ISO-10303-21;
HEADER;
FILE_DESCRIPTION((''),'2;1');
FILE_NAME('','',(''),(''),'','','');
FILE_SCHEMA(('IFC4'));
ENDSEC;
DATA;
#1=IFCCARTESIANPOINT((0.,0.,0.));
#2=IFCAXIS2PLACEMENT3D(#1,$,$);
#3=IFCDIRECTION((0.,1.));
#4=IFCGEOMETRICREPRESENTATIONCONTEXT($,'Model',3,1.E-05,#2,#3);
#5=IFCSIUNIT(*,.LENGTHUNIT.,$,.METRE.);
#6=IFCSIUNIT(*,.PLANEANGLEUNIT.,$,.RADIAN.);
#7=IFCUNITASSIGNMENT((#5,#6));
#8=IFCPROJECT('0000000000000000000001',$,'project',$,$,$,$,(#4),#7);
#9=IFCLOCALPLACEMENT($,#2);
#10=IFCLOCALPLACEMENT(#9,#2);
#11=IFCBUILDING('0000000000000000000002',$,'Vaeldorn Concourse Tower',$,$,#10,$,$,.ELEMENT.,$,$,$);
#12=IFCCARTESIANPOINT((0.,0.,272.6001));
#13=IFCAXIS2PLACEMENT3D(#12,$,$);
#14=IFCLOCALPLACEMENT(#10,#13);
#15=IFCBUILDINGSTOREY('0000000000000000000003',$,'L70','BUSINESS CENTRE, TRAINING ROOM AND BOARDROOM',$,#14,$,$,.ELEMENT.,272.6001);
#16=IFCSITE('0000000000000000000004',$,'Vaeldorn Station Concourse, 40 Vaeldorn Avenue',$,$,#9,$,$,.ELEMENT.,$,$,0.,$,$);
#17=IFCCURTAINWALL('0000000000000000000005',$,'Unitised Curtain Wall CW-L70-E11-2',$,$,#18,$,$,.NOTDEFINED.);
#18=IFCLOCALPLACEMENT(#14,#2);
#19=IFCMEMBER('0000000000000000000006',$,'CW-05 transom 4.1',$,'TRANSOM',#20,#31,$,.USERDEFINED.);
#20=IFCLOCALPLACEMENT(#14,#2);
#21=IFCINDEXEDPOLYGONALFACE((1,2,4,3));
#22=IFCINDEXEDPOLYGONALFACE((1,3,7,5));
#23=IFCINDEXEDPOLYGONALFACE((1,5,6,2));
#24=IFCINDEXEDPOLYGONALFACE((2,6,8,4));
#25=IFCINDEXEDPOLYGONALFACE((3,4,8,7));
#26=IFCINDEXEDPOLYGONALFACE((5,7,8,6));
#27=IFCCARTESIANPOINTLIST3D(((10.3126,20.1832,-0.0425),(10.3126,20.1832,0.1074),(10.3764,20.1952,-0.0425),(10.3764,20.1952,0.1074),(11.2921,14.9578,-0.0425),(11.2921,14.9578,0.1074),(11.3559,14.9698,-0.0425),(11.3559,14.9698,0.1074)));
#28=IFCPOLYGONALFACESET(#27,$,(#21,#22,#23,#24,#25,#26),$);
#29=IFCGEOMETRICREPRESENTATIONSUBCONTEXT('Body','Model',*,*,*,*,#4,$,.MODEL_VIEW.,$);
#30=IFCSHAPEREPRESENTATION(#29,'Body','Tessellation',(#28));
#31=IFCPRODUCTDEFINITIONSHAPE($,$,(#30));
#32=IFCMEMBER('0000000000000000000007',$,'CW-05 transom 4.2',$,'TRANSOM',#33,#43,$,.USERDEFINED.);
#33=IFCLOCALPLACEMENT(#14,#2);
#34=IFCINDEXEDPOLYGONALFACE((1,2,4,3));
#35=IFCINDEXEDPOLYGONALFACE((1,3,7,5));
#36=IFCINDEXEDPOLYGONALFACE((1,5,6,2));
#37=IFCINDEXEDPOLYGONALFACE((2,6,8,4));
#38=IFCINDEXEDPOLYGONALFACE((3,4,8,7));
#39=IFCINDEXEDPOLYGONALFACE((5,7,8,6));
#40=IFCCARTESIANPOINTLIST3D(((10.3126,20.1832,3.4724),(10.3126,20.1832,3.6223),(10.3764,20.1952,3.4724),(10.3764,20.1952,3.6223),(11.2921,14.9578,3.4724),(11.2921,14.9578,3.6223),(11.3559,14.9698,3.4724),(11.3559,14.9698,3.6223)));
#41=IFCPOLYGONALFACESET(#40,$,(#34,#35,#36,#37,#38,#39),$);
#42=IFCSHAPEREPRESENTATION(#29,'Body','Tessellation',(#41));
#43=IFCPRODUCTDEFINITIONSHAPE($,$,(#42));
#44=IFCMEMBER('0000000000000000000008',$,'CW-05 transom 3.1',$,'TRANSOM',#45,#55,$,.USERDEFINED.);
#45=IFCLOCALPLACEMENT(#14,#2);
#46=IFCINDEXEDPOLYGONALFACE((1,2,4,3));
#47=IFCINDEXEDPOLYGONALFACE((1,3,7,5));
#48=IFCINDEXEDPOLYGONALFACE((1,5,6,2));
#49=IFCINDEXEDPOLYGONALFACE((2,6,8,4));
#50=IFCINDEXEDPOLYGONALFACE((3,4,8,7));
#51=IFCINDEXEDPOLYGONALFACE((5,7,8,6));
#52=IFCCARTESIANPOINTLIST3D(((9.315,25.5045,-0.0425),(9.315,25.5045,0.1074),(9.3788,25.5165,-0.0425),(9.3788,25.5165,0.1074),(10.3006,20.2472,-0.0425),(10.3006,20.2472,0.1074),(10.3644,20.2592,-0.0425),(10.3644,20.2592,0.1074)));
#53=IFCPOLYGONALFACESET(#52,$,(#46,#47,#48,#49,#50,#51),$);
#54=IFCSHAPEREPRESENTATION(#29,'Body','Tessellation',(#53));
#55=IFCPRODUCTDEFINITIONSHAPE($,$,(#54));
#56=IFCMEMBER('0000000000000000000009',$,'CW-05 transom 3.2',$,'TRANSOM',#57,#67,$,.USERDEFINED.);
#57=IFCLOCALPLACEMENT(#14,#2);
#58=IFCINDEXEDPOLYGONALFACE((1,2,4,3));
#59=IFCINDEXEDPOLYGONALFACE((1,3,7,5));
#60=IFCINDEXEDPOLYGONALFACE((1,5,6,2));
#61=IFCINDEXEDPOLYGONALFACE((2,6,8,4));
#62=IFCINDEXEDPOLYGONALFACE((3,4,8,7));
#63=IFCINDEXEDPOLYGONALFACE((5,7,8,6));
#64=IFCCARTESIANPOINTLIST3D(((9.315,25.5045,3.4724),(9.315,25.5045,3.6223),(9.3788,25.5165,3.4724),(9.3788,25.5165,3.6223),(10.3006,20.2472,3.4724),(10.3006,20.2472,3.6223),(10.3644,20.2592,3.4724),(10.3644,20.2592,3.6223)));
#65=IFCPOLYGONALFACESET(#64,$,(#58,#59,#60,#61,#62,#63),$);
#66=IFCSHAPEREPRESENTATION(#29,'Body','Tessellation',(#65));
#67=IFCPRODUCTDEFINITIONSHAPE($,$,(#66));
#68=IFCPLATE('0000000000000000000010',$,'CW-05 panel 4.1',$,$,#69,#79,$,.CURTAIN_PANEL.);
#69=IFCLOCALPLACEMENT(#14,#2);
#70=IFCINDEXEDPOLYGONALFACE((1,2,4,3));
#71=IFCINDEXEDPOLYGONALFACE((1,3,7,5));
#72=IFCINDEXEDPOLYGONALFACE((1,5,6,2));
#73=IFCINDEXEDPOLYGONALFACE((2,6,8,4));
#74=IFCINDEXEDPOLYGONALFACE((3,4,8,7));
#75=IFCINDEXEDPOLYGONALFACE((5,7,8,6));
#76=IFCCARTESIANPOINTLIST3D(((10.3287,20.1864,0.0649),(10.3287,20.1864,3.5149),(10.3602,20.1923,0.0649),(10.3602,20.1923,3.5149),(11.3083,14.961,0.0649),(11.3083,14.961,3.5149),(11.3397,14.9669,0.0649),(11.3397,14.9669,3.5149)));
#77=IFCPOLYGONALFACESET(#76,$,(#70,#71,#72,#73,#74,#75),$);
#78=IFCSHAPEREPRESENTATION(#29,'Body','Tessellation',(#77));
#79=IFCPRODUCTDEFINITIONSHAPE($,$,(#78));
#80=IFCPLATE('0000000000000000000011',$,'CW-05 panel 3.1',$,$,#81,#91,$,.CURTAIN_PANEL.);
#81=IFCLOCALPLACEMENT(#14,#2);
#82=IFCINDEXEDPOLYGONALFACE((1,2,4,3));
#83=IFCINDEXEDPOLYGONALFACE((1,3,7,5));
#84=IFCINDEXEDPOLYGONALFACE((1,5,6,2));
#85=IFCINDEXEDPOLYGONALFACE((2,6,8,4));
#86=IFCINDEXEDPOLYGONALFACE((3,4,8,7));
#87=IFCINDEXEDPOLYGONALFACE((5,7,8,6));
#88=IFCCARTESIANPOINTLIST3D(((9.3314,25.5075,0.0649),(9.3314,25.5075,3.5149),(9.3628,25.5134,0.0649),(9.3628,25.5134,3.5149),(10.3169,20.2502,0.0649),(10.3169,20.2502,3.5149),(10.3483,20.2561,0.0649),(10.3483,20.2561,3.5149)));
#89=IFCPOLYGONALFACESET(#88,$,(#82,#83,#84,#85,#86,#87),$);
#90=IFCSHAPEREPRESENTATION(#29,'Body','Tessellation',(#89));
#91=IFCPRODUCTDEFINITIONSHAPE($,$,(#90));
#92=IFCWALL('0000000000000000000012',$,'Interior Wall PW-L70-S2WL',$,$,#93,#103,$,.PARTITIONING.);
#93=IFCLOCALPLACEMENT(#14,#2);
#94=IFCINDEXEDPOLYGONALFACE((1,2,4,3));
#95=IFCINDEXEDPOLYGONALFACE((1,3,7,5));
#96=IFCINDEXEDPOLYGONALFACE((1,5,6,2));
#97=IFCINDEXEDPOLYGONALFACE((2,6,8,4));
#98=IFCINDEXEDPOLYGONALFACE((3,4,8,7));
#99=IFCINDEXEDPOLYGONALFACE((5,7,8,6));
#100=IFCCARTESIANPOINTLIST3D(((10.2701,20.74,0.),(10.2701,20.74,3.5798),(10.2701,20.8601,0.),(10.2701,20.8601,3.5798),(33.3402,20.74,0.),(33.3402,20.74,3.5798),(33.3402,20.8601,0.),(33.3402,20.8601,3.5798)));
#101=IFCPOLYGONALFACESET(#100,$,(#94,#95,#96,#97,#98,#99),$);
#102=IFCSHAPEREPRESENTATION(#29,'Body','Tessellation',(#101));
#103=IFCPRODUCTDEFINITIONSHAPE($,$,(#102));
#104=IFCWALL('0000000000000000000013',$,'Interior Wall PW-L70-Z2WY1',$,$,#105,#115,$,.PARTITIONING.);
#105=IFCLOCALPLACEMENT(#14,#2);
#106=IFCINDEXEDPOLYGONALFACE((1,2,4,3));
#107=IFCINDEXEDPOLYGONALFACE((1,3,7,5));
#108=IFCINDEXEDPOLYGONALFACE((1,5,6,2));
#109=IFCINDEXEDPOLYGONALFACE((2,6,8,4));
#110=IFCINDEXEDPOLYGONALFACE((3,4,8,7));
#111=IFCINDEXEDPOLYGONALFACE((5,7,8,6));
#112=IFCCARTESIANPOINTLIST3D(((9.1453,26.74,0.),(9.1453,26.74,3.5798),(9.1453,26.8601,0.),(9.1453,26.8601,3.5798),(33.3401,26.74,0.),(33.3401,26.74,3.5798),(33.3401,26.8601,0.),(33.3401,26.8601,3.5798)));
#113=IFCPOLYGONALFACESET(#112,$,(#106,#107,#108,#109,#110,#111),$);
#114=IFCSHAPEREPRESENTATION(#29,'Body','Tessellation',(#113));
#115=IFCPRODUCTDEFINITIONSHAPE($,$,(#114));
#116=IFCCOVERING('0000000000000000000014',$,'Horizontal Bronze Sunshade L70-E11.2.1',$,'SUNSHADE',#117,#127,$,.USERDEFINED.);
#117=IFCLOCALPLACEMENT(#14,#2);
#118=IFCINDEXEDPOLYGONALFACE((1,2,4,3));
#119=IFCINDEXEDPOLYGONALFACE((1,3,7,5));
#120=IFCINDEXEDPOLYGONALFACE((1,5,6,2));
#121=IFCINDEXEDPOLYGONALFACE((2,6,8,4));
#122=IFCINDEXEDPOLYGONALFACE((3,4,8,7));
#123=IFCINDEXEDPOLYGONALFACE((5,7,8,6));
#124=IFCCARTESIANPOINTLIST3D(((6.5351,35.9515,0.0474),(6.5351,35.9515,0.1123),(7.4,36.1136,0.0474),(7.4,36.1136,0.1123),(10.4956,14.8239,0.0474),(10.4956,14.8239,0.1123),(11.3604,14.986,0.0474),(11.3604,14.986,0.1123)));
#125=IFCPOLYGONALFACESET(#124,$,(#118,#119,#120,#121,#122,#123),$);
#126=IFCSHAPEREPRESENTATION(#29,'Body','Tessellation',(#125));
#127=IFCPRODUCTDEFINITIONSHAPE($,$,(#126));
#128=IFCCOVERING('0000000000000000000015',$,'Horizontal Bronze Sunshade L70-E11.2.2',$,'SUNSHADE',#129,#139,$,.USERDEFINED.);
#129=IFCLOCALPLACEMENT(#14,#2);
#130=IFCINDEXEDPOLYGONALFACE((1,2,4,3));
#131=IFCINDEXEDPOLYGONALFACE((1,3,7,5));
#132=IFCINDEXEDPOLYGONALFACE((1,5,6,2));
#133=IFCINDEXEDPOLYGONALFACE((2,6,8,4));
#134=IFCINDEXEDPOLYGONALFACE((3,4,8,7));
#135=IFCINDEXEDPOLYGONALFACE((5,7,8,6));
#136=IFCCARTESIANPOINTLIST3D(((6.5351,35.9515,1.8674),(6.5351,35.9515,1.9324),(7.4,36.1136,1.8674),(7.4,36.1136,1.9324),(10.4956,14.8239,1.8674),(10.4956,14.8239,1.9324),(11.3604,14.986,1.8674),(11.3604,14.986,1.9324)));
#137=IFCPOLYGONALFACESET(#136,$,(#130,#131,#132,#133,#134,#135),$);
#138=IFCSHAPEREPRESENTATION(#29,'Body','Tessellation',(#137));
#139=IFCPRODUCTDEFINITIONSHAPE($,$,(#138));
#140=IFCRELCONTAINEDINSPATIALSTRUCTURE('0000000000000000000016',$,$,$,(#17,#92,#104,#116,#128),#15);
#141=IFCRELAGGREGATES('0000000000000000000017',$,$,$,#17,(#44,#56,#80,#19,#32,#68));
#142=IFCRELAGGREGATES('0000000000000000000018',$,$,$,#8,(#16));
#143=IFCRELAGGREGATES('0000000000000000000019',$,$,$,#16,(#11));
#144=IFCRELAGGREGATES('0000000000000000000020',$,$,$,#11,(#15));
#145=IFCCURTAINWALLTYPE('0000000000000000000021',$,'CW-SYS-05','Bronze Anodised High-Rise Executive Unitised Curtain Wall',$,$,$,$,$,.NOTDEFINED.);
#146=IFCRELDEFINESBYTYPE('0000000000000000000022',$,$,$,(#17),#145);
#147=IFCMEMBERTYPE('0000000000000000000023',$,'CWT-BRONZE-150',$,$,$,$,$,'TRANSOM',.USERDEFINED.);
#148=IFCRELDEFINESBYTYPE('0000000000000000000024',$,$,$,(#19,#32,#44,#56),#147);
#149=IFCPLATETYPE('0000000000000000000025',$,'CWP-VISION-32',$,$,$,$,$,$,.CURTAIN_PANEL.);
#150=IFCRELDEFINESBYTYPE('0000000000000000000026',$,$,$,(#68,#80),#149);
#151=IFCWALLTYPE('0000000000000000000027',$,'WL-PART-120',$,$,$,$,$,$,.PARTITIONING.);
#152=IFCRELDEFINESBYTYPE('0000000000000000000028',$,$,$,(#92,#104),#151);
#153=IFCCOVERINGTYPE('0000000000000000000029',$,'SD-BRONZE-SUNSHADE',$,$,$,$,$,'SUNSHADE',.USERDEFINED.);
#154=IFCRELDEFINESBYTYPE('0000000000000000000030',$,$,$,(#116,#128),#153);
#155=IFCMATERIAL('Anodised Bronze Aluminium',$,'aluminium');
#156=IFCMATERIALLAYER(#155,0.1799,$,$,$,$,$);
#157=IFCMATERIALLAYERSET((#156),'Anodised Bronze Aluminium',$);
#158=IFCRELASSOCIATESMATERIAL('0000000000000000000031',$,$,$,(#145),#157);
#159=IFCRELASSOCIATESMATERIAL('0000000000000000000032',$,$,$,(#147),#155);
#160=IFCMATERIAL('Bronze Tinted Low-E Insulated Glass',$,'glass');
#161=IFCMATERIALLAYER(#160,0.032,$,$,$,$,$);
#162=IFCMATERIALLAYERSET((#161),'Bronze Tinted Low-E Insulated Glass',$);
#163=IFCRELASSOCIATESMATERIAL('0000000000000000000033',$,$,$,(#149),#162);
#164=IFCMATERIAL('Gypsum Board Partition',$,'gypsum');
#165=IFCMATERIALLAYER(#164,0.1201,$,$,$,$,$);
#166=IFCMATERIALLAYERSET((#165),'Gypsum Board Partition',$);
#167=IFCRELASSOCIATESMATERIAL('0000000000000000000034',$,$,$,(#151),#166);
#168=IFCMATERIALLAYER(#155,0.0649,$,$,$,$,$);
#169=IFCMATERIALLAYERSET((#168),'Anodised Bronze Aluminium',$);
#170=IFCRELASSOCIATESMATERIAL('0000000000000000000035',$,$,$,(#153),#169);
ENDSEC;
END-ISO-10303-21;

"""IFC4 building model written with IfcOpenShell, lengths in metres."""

from ifc_helpers import new_model, si_unit, direction, frame, frame_2d, origin, origin_2d, place, context, subcontext, project, spatial, rectangle, extrude, source, transform, mapped, material, layer, layer_set, material_profile, profile_set, type_object, element, aggregate, save


model = new_model("IFC4")

# Units and contexts
model_context = context("Model", 3, precision=1e-05, world=origin(), true_north=direction((0.0, 1.0)))
body_context = subcontext(model_context, "Body", "Model", "MODEL_VIEW")
ifc_project = project(units=[si_unit("LENGTHUNIT", "METRE"), si_unit("PLANEANGLEUNIT", "RADIAN")], contexts=[model_context])

# Site, building, storey
site_placement = place(None, origin())
site = spatial("IfcSite", under=ifc_project, at=site_placement, Name="Vaeldorn Station Concourse, 40 Vaeldorn Avenue", CompositionType="ELEMENT", RefElevation=0.0)
building_placement = place(site_placement, origin())
building = spatial("IfcBuilding", under=site, at=building_placement, Name="Vaeldorn Concourse Tower", CompositionType="ELEMENT")
storey_placement = place(building_placement, frame((0.0, 0.0, 272.6001)))
storey = spatial("IfcBuildingStorey", under=building, at=storey_placement, Name="L70", Description="BUSINESS CENTRE, TRAINING ROOM AND BOARDROOM", CompositionType="ELEMENT", Elevation=272.6001)

# Curtain wall
ifc_material_1 = material(Name="Anodised Bronze Aluminium", Category="aluminium")
ifc_layer_1 = layer(ifc_material_1, 0.1799)
ifc_layer_set_1 = layer_set([ifc_layer_1], Name="Anodised Bronze Aluminium")
curtain_wall_type = type_object("IfcCurtainWallType", Name="CW-SYS-05", Description="Bronze Anodised High-Rise Executive Unitised Curtain Wall", PredefinedType="NOTDEFINED", material=ifc_layer_set_1)
curtain_wall_1_placement = place(storey_placement, origin())
curtain_wall_1 = element("IfcCurtainWall", 1, at=curtain_wall_1_placement, inside=storey, type_object=curtain_wall_type, Name="Unitised Curtain Wall CW-L70-E11-2", PredefinedType="NOTDEFINED")
ifc_material_profile_1 = material_profile(ifc_material_1, rectangle(XDim=0.0649, YDim=0.1499, at=origin_2d()), Name="CWT 65x150")
ifc_profile_set_1 = profile_set([ifc_material_profile_1], Name="Anodised Bronze Aluminium")
member_type_1 = type_object("IfcMemberType", Name="CWT-BRONZE-150", ElementType="TRANSOM", PredefinedType="USERDEFINED", material=ifc_profile_set_1)

# Members
shared_shape_1 = source(origin(), body_context, "Body", "SweptSolid", [
    extrude(rectangle(XDim=0.0649, YDim=0.1499, at=origin_2d()), origin(), (0.0, 0.0, 1.0), 5.3164),
])
member_1_placement = place(storey_placement, frame((10.3445, 20.1892, 0.0325), z_axis=(0.184241, -0.982881, 0.0), x_axis=(0.982881, 0.184241, 0.0)))
member_1 = element("IfcMember", 2, at=member_1_placement, type_object=member_type_1, Name="CW-05 transom 4.1", ObjectType="TRANSOM", PredefinedType="USERDEFINED", context=body_context, shape_type="MappedRepresentation", body=[
    mapped(shared_shape_1, transform((0.0, 0.0, 0.0), scale=1.0)),
])
member_2_placement = place(storey_placement, frame((10.3445, 20.1892, 3.5474), z_axis=(0.184241, -0.982881, 0.0), x_axis=(0.982881, 0.184241, 0.0)))
member_2 = element("IfcMember", 3, at=member_2_placement, type_object=member_type_1, Name="CW-05 transom 4.2", ObjectType="TRANSOM", PredefinedType="USERDEFINED", context=body_context, shape_type="MappedRepresentation", body=[
    mapped(shared_shape_1, transform((0.0, 0.0, 0.0), scale=1.0)),
])
shared_shape_2 = source(origin(), body_context, "Body", "SweptSolid", [
    extrude(rectangle(XDim=0.0649, YDim=0.1499, at=origin_2d()), origin(), (0.0, 0.0, 1.0), 5.3489),
])
member_3_placement = place(storey_placement, frame((9.3469, 25.5105, 0.0325), z_axis=(0.184261, -0.982877, 0.0), x_axis=(0.982877, 0.184261, 0.0)))
member_3 = element("IfcMember", 4, at=member_3_placement, type_object=member_type_1, Name="CW-05 transom 3.1", ObjectType="TRANSOM", PredefinedType="USERDEFINED", context=body_context, shape_type="MappedRepresentation", body=[
    mapped(shared_shape_2, transform((0.0, 0.0, 0.0), scale=1.0)),
])
member_4_placement = place(storey_placement, frame((9.3469, 25.5105, 3.5474), z_axis=(0.184261, -0.982877, 0.0), x_axis=(0.982877, 0.184261, 0.0)))
member_4 = element("IfcMember", 5, at=member_4_placement, type_object=member_type_1, Name="CW-05 transom 3.2", ObjectType="TRANSOM", PredefinedType="USERDEFINED", context=body_context, shape_type="MappedRepresentation", body=[
    mapped(shared_shape_2, transform((0.0, 0.0, 0.0), scale=1.0)),
])

# Plates
ifc_material_2 = material(Name="Bronze Tinted Low-E Insulated Glass", Category="glass")
ifc_layer_2 = layer(ifc_material_2, 0.032)
ifc_layer_set_2 = layer_set([ifc_layer_2], Name="Bronze Tinted Low-E Insulated Glass")
plate_type = type_object("IfcPlateType", Name="CWP-VISION-32", PredefinedType="CURTAIN_PANEL", material=ifc_layer_set_2)
shared_shape_3 = source(origin(), body_context, "Body", "SweptSolid", [
    extrude(rectangle(XDim=5.3164, YDim=0.032, at=origin_2d()), origin(), (0.0, 0.0, 1.0), 3.45),
])
plate_1_placement = place(storey_placement, frame((10.8342, 17.5767, 0.0649), z_axis=(0.0, 0.0, 1.0), x_axis=(0.184247, -0.98288, 0.0)))
plate_1 = element("IfcPlate", 6, at=plate_1_placement, type_object=plate_type, Name="CW-05 panel 4.1", PredefinedType="CURTAIN_PANEL", context=body_context, shape_type="MappedRepresentation", body=[
    mapped(shared_shape_3, transform((0.0, 0.0, 0.0), scale=1.0)),
])
shared_shape_4 = source(origin(), body_context, "Body", "SweptSolid", [
    extrude(rectangle(XDim=5.3489, YDim=0.032, at=origin_2d()), origin(), (0.0, 0.0, 1.0), 3.45),
])
plate_2_placement = place(storey_placement, frame((9.8398, 22.8818, 0.0649), z_axis=(0.0, 0.0, 1.0), x_axis=(0.184247, -0.98288, 0.0)))
plate_2 = element("IfcPlate", 7, at=plate_2_placement, type_object=plate_type, Name="CW-05 panel 3.1", PredefinedType="CURTAIN_PANEL", context=body_context, shape_type="MappedRepresentation", body=[
    mapped(shared_shape_4, transform((0.0, 0.0, 0.0), scale=1.0)),
])
aggregate(curtain_wall_1, [member_3, member_4, plate_2, member_1, member_2, plate_1])

# Walls
ifc_material_3 = material(Name="Gypsum Board Partition", Category="gypsum")
ifc_layer_3 = layer(ifc_material_3, 0.1201)
ifc_layer_set_3 = layer_set([ifc_layer_3], Name="Gypsum Board Partition")
wall_type = type_object("IfcWallType", Name="WL-PART-120", PredefinedType="PARTITIONING", material=ifc_layer_set_3)
wall_1_placement = place(storey_placement, frame((10.27, 20.8, 0.0), z_axis=(0.0, 0.0, 1.0), x_axis=(1.0, 0.0, 0.0)))
element("IfcWall", 8, at=wall_1_placement, inside=storey, type_object=wall_type, Name="Interior Wall PW-L70-S2WL", PredefinedType="PARTITIONING", context=body_context, shape_type="SweptSolid", body=[
    extrude(rectangle(XDim=23.0701, YDim=0.1201, at=frame_2d((11.5352, 0.0))), origin(), (0.0, 0.0, 1.0), 3.5798),
])
wall_2_placement = place(storey_placement, frame((9.1453, 26.8, 0.0), z_axis=(0.0, 0.0, 1.0), x_axis=(1.0, 0.0, 0.0)))
element("IfcWall", 9, at=wall_2_placement, inside=storey, type_object=wall_type, Name="Interior Wall PW-L70-Z2WY1", PredefinedType="PARTITIONING", context=body_context, shape_type="SweptSolid", body=[
    extrude(rectangle(XDim=24.1948, YDim=0.1201, at=frame_2d((12.0974, 0.0))), origin(), (0.0, 0.0, 1.0), 3.5798),
])

# Coverings
ifc_layer_4 = layer(ifc_material_1, 0.0649)
ifc_layer_set_4 = layer_set([ifc_layer_4], Name="Anodised Bronze Aluminium")
covering_type = type_object("IfcCoveringType", Name="SD-BRONZE-SUNSHADE", ElementType="SUNSHADE", PredefinedType="USERDEFINED", material=ifc_layer_set_4)
shared_shape_5 = source(origin(), body_context, "Body", "SweptSolid", [
    extrude(rectangle(XDim=21.4956, YDim=0.8799, at=origin_2d()), origin(), (0.0, 0.0, 1.0), 0.0649),
])
for number, where, z_axis, x_axis, name in (
    (10, (8.9478, 25.4688, 0.0474), (0.0, 0.0, 1.0), (0.184243, -0.982881, 0.0), "Horizontal Bronze Sunshade L70-E11.2.1"),
    (11, (8.9478, 25.4688, 1.8674), (0.0, 0.0, 1.0), (0.184243, -0.982881, 0.0), "Horizontal Bronze Sunshade L70-E11.2.2"),
):
    element("IfcCovering", number, at=place(storey_placement, frame(where, z_axis=z_axis, x_axis=x_axis)), inside=storey, type_object=covering_type, Name=name, ObjectType="SUNSHADE", PredefinedType="USERDEFINED", context=body_context, shape_type="MappedRepresentation", body=[
        mapped(shared_shape_5, transform((0.0, 0.0, 0.0), scale=1.0)),
    ])

save(model, "model.ifc")
